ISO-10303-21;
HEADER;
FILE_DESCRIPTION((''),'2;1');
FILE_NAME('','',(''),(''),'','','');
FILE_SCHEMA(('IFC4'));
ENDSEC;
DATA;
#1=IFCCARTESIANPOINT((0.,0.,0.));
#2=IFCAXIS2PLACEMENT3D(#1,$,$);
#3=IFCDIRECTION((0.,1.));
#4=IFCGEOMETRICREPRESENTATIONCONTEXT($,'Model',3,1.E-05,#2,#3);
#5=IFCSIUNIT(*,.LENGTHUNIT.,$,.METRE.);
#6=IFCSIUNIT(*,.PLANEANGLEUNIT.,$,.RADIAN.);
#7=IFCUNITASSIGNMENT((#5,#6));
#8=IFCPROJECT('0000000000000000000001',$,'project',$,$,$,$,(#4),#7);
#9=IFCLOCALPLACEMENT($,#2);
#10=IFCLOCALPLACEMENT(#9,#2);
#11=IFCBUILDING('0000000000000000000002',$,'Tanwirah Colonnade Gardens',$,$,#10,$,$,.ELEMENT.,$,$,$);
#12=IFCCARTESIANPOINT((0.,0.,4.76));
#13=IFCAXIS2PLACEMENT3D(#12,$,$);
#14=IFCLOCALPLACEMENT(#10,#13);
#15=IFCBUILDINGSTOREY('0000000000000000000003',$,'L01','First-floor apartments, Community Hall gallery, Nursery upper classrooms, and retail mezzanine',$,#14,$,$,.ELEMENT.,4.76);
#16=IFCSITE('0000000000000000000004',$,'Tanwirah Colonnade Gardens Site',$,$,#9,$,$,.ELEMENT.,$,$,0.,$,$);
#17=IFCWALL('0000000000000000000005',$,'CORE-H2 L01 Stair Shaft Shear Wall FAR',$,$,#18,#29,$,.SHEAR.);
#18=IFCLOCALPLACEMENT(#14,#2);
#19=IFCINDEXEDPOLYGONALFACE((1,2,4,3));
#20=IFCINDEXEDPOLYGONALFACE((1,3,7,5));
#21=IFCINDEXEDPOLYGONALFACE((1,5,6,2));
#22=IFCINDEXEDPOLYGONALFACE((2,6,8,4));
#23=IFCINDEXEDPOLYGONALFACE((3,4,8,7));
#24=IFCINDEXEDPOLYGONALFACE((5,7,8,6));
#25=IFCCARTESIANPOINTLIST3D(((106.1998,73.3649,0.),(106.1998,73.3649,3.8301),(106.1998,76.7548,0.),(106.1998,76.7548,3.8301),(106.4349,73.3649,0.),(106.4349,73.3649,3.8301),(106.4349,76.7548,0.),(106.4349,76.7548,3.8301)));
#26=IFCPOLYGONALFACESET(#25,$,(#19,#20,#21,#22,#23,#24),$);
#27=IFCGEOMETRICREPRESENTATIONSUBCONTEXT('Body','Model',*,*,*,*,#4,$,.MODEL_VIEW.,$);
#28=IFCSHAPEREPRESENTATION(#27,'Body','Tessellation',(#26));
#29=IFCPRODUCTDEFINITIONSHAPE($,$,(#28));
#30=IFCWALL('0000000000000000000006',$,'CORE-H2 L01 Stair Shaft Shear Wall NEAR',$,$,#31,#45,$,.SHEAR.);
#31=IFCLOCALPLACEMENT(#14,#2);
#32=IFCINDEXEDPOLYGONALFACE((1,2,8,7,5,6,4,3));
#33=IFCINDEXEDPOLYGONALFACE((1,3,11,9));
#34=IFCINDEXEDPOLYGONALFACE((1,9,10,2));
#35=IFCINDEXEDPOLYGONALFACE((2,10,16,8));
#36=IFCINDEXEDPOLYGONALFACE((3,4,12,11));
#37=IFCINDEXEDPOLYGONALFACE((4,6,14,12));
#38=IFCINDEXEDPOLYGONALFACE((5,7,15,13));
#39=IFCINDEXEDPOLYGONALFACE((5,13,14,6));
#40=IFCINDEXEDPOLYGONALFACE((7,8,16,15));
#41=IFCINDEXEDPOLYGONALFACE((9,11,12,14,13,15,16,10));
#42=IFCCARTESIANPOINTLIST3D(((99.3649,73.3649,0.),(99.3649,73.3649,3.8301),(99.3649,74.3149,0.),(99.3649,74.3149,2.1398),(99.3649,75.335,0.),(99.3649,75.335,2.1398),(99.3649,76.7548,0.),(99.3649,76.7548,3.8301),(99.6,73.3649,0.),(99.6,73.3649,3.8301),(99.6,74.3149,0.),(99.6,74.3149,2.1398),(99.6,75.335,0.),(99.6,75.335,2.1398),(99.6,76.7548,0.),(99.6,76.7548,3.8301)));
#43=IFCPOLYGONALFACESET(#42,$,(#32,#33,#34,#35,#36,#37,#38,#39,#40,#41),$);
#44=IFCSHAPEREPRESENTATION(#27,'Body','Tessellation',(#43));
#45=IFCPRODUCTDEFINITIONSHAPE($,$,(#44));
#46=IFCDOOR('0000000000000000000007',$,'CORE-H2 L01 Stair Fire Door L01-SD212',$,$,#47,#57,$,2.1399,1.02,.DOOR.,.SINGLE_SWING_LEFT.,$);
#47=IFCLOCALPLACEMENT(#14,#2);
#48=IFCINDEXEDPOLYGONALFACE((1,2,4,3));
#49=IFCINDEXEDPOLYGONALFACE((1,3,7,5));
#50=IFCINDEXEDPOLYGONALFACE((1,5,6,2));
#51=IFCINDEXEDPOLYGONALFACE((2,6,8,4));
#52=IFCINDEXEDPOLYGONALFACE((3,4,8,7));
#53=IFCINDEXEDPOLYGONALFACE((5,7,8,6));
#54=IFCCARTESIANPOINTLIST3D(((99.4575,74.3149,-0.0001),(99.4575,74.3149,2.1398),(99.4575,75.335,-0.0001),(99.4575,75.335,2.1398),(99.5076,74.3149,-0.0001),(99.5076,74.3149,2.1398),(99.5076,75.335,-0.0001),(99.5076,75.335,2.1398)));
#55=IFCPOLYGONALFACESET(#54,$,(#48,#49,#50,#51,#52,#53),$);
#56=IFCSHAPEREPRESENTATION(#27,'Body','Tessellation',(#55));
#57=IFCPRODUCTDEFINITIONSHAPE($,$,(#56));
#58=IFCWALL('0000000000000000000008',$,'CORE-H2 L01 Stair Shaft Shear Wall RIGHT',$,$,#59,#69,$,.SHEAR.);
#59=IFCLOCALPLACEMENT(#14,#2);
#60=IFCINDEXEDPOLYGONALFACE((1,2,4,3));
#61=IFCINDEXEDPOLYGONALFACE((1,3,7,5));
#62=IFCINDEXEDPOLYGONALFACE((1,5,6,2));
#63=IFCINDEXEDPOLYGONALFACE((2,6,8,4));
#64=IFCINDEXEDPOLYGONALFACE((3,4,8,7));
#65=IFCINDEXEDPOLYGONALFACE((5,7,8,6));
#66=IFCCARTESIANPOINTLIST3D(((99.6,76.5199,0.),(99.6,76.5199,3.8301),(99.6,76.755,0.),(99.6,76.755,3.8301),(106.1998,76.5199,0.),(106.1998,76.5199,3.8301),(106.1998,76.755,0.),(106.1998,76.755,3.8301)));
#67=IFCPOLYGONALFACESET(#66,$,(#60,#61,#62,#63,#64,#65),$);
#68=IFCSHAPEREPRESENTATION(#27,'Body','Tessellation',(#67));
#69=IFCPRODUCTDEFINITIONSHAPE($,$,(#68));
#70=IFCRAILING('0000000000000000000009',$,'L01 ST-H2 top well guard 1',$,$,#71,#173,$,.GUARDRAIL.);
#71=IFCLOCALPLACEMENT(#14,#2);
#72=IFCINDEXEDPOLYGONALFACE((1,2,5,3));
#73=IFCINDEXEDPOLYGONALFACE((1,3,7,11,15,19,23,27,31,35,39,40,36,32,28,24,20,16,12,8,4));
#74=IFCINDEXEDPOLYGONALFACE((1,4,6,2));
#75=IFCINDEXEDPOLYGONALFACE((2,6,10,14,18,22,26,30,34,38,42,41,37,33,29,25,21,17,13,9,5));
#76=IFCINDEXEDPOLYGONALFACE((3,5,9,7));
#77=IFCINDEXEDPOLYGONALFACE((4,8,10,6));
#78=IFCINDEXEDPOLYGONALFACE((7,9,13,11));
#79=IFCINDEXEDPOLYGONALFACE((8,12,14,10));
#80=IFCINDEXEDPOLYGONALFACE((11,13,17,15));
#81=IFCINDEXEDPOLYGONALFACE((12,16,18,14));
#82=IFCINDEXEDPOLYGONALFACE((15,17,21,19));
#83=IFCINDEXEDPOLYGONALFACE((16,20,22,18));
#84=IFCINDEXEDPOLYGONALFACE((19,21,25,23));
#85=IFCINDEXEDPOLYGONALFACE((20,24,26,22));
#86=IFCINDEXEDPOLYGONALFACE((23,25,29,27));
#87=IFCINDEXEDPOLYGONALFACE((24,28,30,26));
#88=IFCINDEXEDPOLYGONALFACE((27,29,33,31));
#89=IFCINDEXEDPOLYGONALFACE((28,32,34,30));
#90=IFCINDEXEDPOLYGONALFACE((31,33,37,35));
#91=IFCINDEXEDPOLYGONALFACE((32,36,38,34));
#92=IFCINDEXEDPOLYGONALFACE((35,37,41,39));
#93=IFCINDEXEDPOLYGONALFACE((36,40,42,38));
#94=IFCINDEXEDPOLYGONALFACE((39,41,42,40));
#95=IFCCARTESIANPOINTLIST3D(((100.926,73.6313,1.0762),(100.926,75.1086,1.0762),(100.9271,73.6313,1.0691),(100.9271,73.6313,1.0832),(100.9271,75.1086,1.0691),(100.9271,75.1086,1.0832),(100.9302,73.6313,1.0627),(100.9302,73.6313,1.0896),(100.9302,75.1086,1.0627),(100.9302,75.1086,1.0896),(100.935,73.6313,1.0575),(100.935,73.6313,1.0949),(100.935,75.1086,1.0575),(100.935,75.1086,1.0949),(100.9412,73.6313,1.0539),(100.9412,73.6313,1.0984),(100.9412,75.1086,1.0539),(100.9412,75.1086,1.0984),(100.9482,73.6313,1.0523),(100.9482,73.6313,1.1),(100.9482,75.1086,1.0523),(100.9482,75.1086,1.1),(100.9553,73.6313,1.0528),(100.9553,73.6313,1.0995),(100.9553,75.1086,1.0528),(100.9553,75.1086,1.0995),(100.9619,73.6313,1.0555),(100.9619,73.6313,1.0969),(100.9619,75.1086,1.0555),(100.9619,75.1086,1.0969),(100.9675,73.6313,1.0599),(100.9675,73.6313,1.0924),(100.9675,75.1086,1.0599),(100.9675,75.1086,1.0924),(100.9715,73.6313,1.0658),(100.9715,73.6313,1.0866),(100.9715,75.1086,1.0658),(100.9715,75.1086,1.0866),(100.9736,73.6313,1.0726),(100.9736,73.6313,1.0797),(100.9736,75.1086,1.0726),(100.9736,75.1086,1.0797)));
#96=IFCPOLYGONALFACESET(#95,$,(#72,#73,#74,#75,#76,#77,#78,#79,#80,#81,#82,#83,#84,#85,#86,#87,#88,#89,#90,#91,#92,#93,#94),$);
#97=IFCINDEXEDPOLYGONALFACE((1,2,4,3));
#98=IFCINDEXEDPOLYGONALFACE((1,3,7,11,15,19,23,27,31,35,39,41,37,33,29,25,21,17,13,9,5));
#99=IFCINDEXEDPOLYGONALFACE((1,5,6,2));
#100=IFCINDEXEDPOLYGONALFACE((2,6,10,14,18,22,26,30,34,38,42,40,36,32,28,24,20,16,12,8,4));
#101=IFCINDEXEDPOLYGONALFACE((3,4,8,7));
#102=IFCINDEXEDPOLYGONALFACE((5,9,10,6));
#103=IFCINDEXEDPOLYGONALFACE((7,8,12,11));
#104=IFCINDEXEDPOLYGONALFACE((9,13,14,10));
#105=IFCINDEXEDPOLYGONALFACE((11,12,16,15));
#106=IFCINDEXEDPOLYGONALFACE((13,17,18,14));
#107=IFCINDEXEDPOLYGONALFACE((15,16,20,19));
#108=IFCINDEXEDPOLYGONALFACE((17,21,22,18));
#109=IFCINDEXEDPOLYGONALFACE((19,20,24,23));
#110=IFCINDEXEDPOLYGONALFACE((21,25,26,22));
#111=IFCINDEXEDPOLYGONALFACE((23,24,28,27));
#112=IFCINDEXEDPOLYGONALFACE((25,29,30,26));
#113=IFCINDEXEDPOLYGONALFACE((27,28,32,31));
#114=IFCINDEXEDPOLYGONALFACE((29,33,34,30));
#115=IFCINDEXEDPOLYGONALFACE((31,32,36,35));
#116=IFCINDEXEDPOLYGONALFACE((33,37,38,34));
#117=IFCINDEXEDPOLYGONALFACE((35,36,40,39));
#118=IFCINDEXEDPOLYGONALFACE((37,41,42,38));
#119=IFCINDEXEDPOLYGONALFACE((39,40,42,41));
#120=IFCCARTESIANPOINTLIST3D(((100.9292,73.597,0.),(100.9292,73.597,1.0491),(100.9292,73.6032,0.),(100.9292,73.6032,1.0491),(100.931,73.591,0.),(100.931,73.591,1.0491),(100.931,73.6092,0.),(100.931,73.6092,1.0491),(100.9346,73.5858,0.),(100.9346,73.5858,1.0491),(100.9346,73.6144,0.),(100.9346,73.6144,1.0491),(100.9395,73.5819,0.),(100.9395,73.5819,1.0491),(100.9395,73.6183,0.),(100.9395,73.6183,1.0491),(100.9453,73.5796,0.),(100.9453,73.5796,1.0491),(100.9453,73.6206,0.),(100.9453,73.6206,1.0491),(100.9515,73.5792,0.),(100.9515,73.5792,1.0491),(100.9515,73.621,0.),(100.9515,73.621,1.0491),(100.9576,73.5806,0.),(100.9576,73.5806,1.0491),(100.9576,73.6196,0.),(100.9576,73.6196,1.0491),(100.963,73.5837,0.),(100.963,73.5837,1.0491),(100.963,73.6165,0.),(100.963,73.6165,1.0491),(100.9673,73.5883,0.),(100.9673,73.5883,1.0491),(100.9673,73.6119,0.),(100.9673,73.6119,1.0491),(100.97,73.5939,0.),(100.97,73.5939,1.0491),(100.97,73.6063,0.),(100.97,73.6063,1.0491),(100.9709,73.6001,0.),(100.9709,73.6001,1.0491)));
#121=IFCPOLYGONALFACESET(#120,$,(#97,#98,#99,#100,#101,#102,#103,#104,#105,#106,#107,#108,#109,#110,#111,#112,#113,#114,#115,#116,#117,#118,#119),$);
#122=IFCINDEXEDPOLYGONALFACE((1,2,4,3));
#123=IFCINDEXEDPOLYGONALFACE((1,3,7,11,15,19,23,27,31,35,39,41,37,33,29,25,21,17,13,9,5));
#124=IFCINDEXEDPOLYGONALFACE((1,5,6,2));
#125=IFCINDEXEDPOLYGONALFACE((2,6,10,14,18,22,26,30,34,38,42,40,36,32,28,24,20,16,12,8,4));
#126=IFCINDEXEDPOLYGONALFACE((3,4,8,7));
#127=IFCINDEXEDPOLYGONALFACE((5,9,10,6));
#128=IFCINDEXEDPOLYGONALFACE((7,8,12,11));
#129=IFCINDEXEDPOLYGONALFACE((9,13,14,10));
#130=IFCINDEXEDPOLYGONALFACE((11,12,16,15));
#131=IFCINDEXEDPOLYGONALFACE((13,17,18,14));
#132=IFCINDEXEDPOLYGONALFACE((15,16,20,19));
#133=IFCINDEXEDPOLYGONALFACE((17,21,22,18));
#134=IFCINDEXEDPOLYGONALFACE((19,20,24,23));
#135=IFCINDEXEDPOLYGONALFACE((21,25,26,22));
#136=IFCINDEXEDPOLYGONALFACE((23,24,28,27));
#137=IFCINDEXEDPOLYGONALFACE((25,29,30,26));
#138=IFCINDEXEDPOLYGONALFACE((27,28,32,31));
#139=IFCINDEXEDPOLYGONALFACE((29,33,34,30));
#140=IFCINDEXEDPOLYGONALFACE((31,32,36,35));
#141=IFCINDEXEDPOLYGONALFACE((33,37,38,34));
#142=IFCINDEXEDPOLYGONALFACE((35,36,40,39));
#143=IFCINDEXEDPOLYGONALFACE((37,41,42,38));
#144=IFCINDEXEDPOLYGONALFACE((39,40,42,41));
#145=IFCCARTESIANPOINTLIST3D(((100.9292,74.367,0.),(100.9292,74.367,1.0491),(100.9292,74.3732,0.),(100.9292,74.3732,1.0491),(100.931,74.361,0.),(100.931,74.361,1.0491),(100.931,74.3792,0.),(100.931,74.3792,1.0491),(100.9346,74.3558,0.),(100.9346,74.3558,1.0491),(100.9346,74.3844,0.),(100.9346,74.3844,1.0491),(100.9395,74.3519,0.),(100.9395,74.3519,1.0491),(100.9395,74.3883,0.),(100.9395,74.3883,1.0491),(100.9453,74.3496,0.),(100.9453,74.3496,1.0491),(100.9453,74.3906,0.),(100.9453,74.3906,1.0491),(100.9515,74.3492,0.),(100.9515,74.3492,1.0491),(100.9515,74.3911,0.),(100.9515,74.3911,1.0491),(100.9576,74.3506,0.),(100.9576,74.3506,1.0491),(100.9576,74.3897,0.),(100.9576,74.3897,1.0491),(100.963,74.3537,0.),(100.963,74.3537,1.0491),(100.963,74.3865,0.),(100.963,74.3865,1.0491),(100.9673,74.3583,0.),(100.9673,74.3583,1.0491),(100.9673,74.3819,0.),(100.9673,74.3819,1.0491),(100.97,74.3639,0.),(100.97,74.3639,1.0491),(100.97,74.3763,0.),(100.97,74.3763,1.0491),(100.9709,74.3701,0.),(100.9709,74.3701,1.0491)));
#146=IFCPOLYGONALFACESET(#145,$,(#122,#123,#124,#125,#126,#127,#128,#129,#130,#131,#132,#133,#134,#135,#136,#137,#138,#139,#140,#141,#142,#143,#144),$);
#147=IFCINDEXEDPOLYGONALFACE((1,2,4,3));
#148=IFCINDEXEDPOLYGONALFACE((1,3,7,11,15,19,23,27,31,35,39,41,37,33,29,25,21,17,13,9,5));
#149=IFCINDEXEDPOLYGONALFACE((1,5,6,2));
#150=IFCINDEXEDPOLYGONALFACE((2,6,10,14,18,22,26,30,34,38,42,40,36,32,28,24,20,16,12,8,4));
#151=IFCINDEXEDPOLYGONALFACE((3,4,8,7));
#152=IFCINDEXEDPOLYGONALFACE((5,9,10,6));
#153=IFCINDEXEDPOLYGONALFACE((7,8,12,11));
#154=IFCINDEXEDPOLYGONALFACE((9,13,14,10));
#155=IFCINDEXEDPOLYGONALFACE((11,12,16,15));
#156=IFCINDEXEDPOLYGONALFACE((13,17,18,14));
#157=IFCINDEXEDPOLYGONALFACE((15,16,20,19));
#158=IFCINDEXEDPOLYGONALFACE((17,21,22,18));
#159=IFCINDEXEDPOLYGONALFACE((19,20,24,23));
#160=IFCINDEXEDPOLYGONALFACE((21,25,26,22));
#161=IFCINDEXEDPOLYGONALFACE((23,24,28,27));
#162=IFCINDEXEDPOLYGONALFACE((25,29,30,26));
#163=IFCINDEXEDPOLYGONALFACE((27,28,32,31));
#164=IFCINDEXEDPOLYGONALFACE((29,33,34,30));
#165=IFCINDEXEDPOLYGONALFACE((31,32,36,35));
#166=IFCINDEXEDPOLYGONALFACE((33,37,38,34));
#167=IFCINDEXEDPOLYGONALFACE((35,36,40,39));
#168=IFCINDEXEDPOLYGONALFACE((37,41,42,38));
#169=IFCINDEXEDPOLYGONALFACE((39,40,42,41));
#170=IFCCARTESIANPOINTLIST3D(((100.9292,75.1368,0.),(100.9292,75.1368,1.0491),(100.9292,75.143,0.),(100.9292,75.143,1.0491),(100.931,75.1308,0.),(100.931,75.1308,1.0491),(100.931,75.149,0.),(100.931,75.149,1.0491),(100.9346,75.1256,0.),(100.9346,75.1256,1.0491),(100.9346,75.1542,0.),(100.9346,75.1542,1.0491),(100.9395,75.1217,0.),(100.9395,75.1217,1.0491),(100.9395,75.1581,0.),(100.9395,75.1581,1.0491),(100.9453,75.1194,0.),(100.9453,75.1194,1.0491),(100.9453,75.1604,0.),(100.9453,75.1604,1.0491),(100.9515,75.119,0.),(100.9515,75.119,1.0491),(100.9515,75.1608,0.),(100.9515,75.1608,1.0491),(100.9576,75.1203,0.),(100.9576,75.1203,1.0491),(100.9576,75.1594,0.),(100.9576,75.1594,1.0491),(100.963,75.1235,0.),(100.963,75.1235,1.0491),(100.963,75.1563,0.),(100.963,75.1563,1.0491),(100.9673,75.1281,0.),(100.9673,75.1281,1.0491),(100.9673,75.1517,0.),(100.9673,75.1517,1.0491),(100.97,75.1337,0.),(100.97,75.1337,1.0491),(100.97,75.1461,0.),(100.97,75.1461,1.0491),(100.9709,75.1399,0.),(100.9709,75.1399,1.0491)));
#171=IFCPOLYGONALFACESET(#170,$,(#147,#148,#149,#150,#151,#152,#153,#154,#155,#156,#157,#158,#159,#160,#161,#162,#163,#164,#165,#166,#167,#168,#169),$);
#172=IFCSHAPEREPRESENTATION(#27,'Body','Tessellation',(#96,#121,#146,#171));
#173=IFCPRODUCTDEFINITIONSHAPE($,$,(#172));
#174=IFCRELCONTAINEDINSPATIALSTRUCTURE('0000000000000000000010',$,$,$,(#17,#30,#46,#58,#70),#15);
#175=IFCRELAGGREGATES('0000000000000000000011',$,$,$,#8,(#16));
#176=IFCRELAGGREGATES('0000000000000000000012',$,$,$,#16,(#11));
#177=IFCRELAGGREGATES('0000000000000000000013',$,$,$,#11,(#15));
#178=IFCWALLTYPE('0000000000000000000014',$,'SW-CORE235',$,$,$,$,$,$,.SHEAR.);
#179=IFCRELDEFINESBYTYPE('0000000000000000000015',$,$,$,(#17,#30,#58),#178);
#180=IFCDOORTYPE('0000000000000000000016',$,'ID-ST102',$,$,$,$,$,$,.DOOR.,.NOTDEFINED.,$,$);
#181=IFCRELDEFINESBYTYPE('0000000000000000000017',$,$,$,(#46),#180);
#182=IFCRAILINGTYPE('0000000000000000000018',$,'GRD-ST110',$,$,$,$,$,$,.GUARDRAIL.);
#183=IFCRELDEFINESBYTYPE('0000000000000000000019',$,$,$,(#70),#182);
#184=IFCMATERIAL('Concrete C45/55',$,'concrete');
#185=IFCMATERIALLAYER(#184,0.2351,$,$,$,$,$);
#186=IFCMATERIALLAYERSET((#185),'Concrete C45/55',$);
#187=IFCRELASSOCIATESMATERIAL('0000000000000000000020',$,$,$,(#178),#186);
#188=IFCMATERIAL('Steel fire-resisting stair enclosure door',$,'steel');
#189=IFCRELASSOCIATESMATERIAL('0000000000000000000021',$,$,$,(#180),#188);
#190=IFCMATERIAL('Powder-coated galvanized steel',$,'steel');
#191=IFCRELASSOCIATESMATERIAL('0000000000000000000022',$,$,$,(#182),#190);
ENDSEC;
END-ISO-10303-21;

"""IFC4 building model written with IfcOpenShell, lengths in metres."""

from ifc_helpers import new_model, si_unit, direction, frame, frame_2d, origin, origin_2d, place, context, subcontext, project, spatial, rectangle, circle, extrude, material, layer, layer_set, type_object, element, fill, save


model = new_model("IFC4")

# Units and contexts
model_context = context("Model", 3, precision=1e-05, world=origin(), true_north=direction((0.0, 1.0)))
body_context = subcontext(model_context, "Body", "Model", "MODEL_VIEW")
ifc_project = project(units=[si_unit("LENGTHUNIT", "METRE"), si_unit("PLANEANGLEUNIT", "RADIAN")], contexts=[model_context])

# Site, building, storey
site_placement = place(None, origin())
site = spatial("IfcSite", under=ifc_project, at=site_placement, Name="Tanwirah Colonnade Gardens Site", CompositionType="ELEMENT", RefElevation=0.0)
building_placement = place(site_placement, origin())
building = spatial("IfcBuilding", under=site, at=building_placement, Name="Tanwirah Colonnade Gardens", CompositionType="ELEMENT")
storey_placement = place(building_placement, frame((0.0, 0.0, 4.76)))
storey = spatial("IfcBuildingStorey", under=building, at=storey_placement, Name="L01", Description="First-floor apartments, Community Hall gallery, Nursery upper classrooms, and retail mezzanine", CompositionType="ELEMENT", Elevation=4.76)

# Shared definitions
ifc_material_1 = material(Name="Concrete C45/55", Category="concrete")

# Wall
ifc_layer_1 = layer(ifc_material_1, 0.2351)
ifc_layer_set_1 = layer_set([ifc_layer_1], Name="Concrete C45/55")
wall_type_1 = type_object("IfcWallType", Name="SW-CORE235", PredefinedType="SHEAR", material=ifc_layer_set_1)
wall_1_placement = place(storey_placement, frame((106.3174, 73.365, 0.0), z_axis=(0.0, 0.0, 1.0), x_axis=(0.0, 1.0, 0.0)))
element("IfcWall", 1, at=wall_1_placement, inside=storey, type_object=wall_type_1, Name="CORE-H2 L01 Stair Shaft Shear Wall FAR", PredefinedType="SHEAR", context=body_context, shape_type="SweptSolid", body=[
    extrude(rectangle(XDim=3.3899, YDim=0.2351, at=frame_2d((1.6948, 0.0))), origin(), (0.0, 0.0, 1.0), 3.8301),
])

# Wall, opening, door
wall_2_placement = place(storey_placement, frame((99.4824, 73.365, 0.0), z_axis=(0.0, 0.0, 1.0), x_axis=(0.0, 1.0, 0.0)))
wall_2 = element("IfcWall", 2, at=wall_2_placement, inside=storey, type_object=wall_type_1, Name="CORE-H2 L01 Stair Shaft Shear Wall NEAR", PredefinedType="SHEAR", context=body_context, shape_type="SweptSolid", body=[
    extrude(rectangle(XDim=3.3899, YDim=0.2351, at=frame_2d((1.6948, 0.0))), origin(), (0.0, 0.0, 1.0), 3.8301),
])
opening_1_placement = place(wall_2_placement, frame((0.95, 0.0, 0.0)))
opening_1 = element("IfcOpeningElement", 3, at=opening_1_placement, cuts=wall_2, PredefinedType="OPENING", context=body_context, shape_type="SweptSolid", body=[
    extrude(rectangle(XDim=1.02, YDim=2.1399, at=frame_2d((0.51, 1.0698))), frame((0.0, 0.1274, 0.0), z_axis=(0.0, -1.0, 0.0), x_axis=(1.0, 0.0, 0.0)), (0.0, 0.0, 1.0), 0.2551),
])
ifc_material_2 = material(Name="Steel fire-resisting stair enclosure door", Category="steel")
door_type_1 = type_object("IfcDoorType", Name="ID-ST102", OperationType="NOTDEFINED", PredefinedType="DOOR", material=ifc_material_2)
door_1_placement = place(opening_1_placement, origin())
door_1 = element("IfcDoor", 4, at=door_1_placement, inside=storey, type_object=door_type_1, Name="CORE-H2 L01 Stair Fire Door L01-SD212", OperationType="SINGLE_SWING_LEFT", OverallHeight=2.1399, OverallWidth=1.02, PredefinedType="DOOR", context=body_context, shape_type="SweptSolid", body=[
    extrude(rectangle(XDim=1.02, YDim=2.1399, at=frame_2d((0.51, 1.0698))), frame((0.0, 0.0249, 0.0), z_axis=(0.0, -1.0, 0.0), x_axis=(1.0, 0.0, 0.0)), (0.0, 0.0, 1.0), 0.05),
])
fill(opening_1, door_1)

# Wall
wall_3_placement = place(storey_placement, frame((99.6001, 76.6375, 0.0), z_axis=(0.0, 0.0, 1.0), x_axis=(1.0, 0.0, 0.0)))
element("IfcWall", 5, at=wall_3_placement, inside=storey, type_object=wall_type_1, Name="CORE-H2 L01 Stair Shaft Shear Wall RIGHT", PredefinedType="SHEAR", context=body_context, shape_type="SweptSolid", body=[
    extrude(rectangle(XDim=6.5999, YDim=0.2351, at=frame_2d((3.2998, 0.0))), origin(), (0.0, 0.0, 1.0), 3.8301),
])

# Railing
ifc_material_3 = material(Name="Powder-coated galvanized steel", Category="steel")
railing_type_1 = type_object("IfcRailingType", Name="GRD-ST110", PredefinedType="GUARDRAIL", material=ifc_material_3)
railing_1_placement = place(storey_placement, frame((100.95, 73.6001, 0.0)))
element("IfcRailing", 6, at=railing_1_placement, inside=storey, type_object=railing_type_1, Name="L01 ST-H2 top well guard 1", PredefinedType="GUARDRAIL", context=body_context, shape_type="SweptSolid", body=[
    extrude(circle(Radius=0.0239, at=origin_2d()), frame((0.0, 0.0312, 1.0762), z_axis=(0.0, 1.0, 0.0), x_axis=(-1.0, 0.0, 0.0)), (0.0, 0.0, 1.0), 1.4773),
    extrude(circle(Radius=0.021, at=origin_2d()), origin(), (0.0, 0.0, 1.0), 1.0491),
    extrude(circle(Radius=0.021, at=origin_2d()), frame((0.0, 0.77, 0.0)), (0.0, 0.0, 1.0), 1.0491),
    extrude(circle(Radius=0.021, at=origin_2d()), frame((0.0, 1.5398, 0.0)), (0.0, 0.0, 1.0), 1.0491),
])

save(model, "model.ifc")
